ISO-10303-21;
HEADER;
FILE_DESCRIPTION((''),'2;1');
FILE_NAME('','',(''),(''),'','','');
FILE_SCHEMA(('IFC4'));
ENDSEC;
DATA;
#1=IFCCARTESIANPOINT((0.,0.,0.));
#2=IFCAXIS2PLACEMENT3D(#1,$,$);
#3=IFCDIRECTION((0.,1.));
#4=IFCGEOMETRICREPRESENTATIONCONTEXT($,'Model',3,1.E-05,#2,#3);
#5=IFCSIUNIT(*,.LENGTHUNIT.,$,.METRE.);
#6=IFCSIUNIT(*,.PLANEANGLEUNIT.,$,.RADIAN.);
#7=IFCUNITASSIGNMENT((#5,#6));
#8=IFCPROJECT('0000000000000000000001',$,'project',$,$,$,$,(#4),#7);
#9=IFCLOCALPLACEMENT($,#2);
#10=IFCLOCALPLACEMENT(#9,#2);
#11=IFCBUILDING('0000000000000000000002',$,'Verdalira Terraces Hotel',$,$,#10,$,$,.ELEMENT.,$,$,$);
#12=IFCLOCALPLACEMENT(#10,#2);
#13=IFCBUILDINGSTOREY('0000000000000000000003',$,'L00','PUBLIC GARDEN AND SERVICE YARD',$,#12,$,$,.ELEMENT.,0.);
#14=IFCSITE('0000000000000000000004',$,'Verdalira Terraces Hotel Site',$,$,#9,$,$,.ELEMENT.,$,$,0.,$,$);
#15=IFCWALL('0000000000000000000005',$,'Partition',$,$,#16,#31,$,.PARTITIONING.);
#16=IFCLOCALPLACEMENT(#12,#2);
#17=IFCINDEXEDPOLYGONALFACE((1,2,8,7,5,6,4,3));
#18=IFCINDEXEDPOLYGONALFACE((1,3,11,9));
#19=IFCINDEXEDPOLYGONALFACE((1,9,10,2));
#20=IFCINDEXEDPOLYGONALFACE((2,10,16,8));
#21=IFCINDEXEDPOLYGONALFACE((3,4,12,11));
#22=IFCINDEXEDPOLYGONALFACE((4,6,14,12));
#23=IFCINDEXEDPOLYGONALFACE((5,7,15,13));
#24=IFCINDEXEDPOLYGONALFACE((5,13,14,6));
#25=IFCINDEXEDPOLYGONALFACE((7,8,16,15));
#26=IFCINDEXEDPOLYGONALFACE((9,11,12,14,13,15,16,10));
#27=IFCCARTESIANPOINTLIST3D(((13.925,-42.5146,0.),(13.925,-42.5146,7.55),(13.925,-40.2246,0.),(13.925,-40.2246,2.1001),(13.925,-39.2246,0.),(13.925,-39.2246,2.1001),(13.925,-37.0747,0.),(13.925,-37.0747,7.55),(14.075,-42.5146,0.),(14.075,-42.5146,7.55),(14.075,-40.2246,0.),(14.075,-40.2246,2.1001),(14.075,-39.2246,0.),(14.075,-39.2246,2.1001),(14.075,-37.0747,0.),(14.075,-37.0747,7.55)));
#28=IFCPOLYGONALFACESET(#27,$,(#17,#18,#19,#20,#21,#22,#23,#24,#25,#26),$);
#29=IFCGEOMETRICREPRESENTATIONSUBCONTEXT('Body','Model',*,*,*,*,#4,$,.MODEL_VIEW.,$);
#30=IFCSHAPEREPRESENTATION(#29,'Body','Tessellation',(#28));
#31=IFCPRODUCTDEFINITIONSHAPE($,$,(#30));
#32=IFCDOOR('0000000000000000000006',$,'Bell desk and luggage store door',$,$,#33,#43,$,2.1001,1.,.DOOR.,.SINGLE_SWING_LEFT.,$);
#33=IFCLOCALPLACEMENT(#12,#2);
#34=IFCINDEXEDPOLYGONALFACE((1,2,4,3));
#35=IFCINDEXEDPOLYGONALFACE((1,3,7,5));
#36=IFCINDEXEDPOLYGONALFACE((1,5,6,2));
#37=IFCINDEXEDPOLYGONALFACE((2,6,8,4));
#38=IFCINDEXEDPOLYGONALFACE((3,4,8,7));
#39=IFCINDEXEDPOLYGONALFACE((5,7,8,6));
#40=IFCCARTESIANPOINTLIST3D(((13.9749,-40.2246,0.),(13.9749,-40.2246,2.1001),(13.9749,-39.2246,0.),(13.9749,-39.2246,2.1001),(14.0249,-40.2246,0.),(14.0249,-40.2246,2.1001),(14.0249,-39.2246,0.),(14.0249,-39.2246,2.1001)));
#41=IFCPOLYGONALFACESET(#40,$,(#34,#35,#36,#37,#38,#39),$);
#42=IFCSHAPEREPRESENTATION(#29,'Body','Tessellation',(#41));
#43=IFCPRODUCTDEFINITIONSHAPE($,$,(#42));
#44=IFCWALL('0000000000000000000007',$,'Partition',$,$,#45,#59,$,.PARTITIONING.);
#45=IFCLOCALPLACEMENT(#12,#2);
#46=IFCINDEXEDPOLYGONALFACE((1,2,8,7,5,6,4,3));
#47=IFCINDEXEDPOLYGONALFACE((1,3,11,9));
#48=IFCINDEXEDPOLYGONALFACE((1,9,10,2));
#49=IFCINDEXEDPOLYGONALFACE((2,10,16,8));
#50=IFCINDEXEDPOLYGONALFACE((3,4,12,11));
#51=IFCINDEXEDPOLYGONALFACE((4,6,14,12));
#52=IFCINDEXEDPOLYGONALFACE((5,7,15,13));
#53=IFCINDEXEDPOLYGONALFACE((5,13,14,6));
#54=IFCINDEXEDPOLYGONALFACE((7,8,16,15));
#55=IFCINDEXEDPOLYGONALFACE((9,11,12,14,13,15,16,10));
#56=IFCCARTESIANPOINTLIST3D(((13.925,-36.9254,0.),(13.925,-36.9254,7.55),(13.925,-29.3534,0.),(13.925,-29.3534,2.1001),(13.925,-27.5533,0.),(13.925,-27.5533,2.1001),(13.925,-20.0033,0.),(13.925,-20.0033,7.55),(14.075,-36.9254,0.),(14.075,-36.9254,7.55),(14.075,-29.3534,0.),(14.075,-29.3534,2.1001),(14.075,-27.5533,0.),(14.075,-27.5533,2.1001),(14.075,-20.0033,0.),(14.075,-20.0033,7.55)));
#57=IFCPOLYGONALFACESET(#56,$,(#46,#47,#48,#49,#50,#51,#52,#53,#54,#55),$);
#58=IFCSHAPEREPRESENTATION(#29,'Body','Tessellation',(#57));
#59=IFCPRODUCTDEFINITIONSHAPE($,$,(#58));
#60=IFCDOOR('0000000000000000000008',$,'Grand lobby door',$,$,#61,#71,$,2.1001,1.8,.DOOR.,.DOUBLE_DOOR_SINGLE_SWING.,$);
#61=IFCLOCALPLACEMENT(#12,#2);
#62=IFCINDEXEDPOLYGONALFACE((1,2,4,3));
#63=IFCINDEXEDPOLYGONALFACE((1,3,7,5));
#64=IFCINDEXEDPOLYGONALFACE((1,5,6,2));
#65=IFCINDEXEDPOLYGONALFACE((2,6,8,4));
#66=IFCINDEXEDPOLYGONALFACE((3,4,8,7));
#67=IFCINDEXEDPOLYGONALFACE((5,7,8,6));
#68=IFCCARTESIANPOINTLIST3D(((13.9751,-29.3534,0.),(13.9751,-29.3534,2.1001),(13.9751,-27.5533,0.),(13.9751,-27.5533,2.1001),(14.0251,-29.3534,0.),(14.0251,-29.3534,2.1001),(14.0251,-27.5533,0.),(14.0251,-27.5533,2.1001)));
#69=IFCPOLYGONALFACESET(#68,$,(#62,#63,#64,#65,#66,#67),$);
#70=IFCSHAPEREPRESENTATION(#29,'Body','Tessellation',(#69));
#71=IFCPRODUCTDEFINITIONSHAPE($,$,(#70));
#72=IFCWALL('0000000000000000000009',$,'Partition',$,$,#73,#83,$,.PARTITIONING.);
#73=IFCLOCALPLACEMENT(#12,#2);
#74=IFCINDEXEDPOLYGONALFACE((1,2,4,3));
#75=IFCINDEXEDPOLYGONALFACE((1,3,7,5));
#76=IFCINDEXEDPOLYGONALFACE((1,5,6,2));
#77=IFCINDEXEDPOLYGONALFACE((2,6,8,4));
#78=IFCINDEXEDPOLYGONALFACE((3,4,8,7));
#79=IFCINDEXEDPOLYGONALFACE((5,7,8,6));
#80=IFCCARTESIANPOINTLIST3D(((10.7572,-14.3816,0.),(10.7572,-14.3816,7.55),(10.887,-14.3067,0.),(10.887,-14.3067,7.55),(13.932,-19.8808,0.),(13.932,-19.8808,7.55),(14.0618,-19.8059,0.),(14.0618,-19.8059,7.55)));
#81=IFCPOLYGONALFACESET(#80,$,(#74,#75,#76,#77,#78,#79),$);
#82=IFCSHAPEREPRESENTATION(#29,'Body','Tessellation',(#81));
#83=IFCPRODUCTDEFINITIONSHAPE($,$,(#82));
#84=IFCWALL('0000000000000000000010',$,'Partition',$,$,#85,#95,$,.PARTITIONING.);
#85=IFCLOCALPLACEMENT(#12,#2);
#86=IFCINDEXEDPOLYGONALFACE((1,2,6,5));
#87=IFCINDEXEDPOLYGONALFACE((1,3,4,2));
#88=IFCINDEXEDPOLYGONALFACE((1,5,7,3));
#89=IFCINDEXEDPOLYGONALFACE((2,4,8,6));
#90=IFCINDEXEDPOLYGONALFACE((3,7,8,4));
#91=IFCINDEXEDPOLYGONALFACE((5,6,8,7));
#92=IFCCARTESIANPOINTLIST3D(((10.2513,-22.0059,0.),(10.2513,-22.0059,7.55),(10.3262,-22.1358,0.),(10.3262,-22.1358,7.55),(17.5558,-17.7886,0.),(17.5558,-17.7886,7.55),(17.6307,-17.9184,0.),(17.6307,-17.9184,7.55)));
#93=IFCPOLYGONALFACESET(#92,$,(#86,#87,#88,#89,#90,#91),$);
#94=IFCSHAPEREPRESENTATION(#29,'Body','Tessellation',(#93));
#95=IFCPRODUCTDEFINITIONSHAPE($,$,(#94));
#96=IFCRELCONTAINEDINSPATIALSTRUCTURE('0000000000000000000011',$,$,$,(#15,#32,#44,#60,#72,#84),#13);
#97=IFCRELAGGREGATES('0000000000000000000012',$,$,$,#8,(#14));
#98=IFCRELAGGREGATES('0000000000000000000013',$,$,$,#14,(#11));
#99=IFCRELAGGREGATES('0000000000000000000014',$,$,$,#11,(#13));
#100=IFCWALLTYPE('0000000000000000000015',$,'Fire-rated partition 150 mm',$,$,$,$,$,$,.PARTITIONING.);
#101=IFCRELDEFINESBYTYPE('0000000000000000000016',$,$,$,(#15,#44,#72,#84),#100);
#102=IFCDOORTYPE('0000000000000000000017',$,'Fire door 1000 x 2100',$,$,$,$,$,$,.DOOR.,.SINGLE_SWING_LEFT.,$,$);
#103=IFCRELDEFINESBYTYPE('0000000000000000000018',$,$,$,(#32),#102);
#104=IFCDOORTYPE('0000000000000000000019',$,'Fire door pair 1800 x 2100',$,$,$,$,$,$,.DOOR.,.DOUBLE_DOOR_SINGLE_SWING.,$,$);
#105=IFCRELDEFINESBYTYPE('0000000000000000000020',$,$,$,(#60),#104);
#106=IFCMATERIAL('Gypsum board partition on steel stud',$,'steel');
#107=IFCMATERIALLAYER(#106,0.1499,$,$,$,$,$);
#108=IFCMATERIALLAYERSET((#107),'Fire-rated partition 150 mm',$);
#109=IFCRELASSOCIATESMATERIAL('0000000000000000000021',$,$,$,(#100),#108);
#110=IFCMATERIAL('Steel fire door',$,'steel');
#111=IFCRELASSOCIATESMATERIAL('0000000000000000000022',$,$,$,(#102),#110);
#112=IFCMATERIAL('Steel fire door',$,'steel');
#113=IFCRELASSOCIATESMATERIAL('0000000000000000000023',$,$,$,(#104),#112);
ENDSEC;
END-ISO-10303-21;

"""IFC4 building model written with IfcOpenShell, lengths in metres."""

from ifc_helpers import new_model, si_unit, direction, frame, frame_2d, origin, place, context, subcontext, project, spatial, rectangle, extrude, material, layer, layer_set, type_object, element, fill, save


model = new_model("IFC4")

# Units and contexts
model_context = context("Model", 3, precision=1e-05, world=origin(), true_north=direction((0.0, 1.0)))
body_context = subcontext(model_context, "Body", "Model", "MODEL_VIEW")
ifc_project = project(units=[si_unit("LENGTHUNIT", "METRE"), si_unit("PLANEANGLEUNIT", "RADIAN")], contexts=[model_context])

# Site, building, storey
site_placement = place(None, origin())
site = spatial("IfcSite", under=ifc_project, at=site_placement, Name="Verdalira Terraces Hotel Site", CompositionType="ELEMENT", RefElevation=0.0)
building_placement = place(site_placement, origin())
building = spatial("IfcBuilding", under=site, at=building_placement, Name="Verdalira Terraces Hotel", CompositionType="ELEMENT")
storey_placement = place(building_placement, origin())
storey = spatial("IfcBuildingStorey", under=building, at=storey_placement, Name="L00", Description="PUBLIC GARDEN AND SERVICE YARD", CompositionType="ELEMENT", Elevation=0.0)

# Shared definitions
ifc_material_1 = material(Name="Gypsum board partition on steel stud", Category="steel")
ifc_layer = layer(ifc_material_1, 0.1499)
ifc_layer_set = layer_set([ifc_layer], Name="Fire-rated partition 150 mm")
wall_type = type_object("IfcWallType", Name="Fire-rated partition 150 mm", PredefinedType="PARTITIONING", material=ifc_layer_set)
ifc_material_2 = material(Name="Steel fire door", Category="steel")
door_type_1 = type_object("IfcDoorType", Name="Fire door 1000 x 2100", OperationType="SINGLE_SWING_LEFT", PredefinedType="DOOR", material=ifc_material_2)

# Walls, openings, doors
wall_1_placement = place(storey_placement, frame((14.0, -37.0747, 0.0), z_axis=(0.0, 0.0, 1.0), x_axis=(0.0, -1.0, 0.0)))
wall_1 = element("IfcWall", 1, at=wall_1_placement, inside=storey, type_object=wall_type, Name="Partition", PredefinedType="PARTITIONING", context=body_context, shape_type="SweptSolid", body=[
    extrude(rectangle(XDim=5.4399, YDim=0.1499, at=frame_2d((2.72, 0.0))), origin(), (0.0, 0.0, 1.0), 7.55),
])
opening_1_placement = place(wall_1_placement, frame((2.1499, 0.0, 0.0)))
opening_1 = element("IfcOpeningElement", 2, at=opening_1_placement, cuts=wall_1, PredefinedType="OPENING", context=body_context, shape_type="SweptSolid", body=[
    extrude(rectangle(XDim=1.0, YDim=2.1001, at=frame_2d((0.5, 1.05))), frame((0.0, 0.085, 0.0), z_axis=(0.0, -1.0, 0.0), x_axis=(1.0, 0.0, 0.0)), (0.0, 0.0, 1.0), 0.1699),
])
door_1_placement = place(opening_1_placement, origin())
door_1 = element("IfcDoor", 3, at=door_1_placement, inside=storey, type_object=door_type_1, Name="Bell desk and luggage store door", OperationType="SINGLE_SWING_LEFT", OverallHeight=2.1001, OverallWidth=1.0, PredefinedType="DOOR", context=body_context, shape_type="SweptSolid", body=[
    extrude(rectangle(XDim=1.0, YDim=2.1001, at=frame_2d((0.5, 1.05))), frame((0.0, 0.0249, 0.0), z_axis=(0.0, -1.0, 0.0), x_axis=(1.0, 0.0, 0.0)), (0.0, 0.0, 1.0), 0.05),
])
fill(opening_1, door_1)
wall_2_placement = place(storey_placement, frame((14.0, -36.9253, 0.0), z_axis=(0.0, 0.0, 1.0), x_axis=(0.0, 1.0, 0.0)))
wall_2 = element("IfcWall", 4, at=wall_2_placement, inside=storey, type_object=wall_type, Name="Partition", PredefinedType="PARTITIONING", context=body_context, shape_type="SweptSolid", body=[
    extrude(rectangle(XDim=16.9221, YDim=0.1499, at=frame_2d((8.4609, 0.0))), origin(), (0.0, 0.0, 1.0), 7.55),
])
opening_2_placement = place(wall_2_placement, frame((7.572, 0.0, 0.0)))
opening_2 = element("IfcOpeningElement", 5, at=opening_2_placement, cuts=wall_2, PredefinedType="OPENING", context=body_context, shape_type="SweptSolid", body=[
    extrude(rectangle(XDim=1.8, YDim=2.1001, at=frame_2d((0.8999, 1.05))), frame((0.0, 0.085, 0.0), z_axis=(0.0, -1.0, 0.0), x_axis=(1.0, 0.0, 0.0)), (0.0, 0.0, 1.0), 0.1699),
])
ifc_material_3 = material(Name="Steel fire door", Category="steel")
door_type_2 = type_object("IfcDoorType", Name="Fire door pair 1800 x 2100", OperationType="DOUBLE_DOOR_SINGLE_SWING", PredefinedType="DOOR", material=ifc_material_3)
door_2_placement = place(opening_2_placement, origin())
door_2 = element("IfcDoor", 6, at=door_2_placement, inside=storey, type_object=door_type_2, Name="Grand lobby door", OperationType="DOUBLE_DOOR_SINGLE_SWING", OverallHeight=2.1001, OverallWidth=1.8, PredefinedType="DOOR", context=body_context, shape_type="SweptSolid", body=[
    extrude(rectangle(XDim=1.8, YDim=2.1001, at=frame_2d((0.8999, 1.05))), frame((0.0, 0.0249, 0.0), z_axis=(0.0, -1.0, 0.0), x_axis=(1.0, 0.0, 0.0)), (0.0, 0.0, 1.0), 0.05),
])
fill(opening_2, door_2)

# Walls
wall_3_placement = place(storey_placement, frame((13.9968, -19.8433, 0.0), z_axis=(0.0, 0.0, 1.0), x_axis=(-0.499977, 0.866039, 0.0)))
element("IfcWall", 7, at=wall_3_placement, inside=storey, type_object=wall_type, Name="Partition", PredefinedType="PARTITIONING", context=body_context, shape_type="SweptSolid", body=[
    extrude(rectangle(XDim=6.3499, YDim=0.1499, at=frame_2d((3.1748, 0.0))), origin(), (0.0, 0.0, 1.0), 7.55),
])
wall_4_placement = place(storey_placement, frame((17.5933, -17.8535, 0.0), z_axis=(0.0, 0.0, 1.0), x_axis=(-0.866022, -0.500006, 0.0)))
element("IfcWall", 8, at=wall_4_placement, inside=storey, type_object=wall_type, Name="Partition", PredefinedType="PARTITIONING", context=body_context, shape_type="SweptSolid", body=[
    extrude(rectangle(XDim=8.4346, YDim=0.1499, at=frame_2d((4.2173, 0.0))), origin(), (0.0, 0.0, 1.0), 7.55),
])

save(model, "model.ifc")
